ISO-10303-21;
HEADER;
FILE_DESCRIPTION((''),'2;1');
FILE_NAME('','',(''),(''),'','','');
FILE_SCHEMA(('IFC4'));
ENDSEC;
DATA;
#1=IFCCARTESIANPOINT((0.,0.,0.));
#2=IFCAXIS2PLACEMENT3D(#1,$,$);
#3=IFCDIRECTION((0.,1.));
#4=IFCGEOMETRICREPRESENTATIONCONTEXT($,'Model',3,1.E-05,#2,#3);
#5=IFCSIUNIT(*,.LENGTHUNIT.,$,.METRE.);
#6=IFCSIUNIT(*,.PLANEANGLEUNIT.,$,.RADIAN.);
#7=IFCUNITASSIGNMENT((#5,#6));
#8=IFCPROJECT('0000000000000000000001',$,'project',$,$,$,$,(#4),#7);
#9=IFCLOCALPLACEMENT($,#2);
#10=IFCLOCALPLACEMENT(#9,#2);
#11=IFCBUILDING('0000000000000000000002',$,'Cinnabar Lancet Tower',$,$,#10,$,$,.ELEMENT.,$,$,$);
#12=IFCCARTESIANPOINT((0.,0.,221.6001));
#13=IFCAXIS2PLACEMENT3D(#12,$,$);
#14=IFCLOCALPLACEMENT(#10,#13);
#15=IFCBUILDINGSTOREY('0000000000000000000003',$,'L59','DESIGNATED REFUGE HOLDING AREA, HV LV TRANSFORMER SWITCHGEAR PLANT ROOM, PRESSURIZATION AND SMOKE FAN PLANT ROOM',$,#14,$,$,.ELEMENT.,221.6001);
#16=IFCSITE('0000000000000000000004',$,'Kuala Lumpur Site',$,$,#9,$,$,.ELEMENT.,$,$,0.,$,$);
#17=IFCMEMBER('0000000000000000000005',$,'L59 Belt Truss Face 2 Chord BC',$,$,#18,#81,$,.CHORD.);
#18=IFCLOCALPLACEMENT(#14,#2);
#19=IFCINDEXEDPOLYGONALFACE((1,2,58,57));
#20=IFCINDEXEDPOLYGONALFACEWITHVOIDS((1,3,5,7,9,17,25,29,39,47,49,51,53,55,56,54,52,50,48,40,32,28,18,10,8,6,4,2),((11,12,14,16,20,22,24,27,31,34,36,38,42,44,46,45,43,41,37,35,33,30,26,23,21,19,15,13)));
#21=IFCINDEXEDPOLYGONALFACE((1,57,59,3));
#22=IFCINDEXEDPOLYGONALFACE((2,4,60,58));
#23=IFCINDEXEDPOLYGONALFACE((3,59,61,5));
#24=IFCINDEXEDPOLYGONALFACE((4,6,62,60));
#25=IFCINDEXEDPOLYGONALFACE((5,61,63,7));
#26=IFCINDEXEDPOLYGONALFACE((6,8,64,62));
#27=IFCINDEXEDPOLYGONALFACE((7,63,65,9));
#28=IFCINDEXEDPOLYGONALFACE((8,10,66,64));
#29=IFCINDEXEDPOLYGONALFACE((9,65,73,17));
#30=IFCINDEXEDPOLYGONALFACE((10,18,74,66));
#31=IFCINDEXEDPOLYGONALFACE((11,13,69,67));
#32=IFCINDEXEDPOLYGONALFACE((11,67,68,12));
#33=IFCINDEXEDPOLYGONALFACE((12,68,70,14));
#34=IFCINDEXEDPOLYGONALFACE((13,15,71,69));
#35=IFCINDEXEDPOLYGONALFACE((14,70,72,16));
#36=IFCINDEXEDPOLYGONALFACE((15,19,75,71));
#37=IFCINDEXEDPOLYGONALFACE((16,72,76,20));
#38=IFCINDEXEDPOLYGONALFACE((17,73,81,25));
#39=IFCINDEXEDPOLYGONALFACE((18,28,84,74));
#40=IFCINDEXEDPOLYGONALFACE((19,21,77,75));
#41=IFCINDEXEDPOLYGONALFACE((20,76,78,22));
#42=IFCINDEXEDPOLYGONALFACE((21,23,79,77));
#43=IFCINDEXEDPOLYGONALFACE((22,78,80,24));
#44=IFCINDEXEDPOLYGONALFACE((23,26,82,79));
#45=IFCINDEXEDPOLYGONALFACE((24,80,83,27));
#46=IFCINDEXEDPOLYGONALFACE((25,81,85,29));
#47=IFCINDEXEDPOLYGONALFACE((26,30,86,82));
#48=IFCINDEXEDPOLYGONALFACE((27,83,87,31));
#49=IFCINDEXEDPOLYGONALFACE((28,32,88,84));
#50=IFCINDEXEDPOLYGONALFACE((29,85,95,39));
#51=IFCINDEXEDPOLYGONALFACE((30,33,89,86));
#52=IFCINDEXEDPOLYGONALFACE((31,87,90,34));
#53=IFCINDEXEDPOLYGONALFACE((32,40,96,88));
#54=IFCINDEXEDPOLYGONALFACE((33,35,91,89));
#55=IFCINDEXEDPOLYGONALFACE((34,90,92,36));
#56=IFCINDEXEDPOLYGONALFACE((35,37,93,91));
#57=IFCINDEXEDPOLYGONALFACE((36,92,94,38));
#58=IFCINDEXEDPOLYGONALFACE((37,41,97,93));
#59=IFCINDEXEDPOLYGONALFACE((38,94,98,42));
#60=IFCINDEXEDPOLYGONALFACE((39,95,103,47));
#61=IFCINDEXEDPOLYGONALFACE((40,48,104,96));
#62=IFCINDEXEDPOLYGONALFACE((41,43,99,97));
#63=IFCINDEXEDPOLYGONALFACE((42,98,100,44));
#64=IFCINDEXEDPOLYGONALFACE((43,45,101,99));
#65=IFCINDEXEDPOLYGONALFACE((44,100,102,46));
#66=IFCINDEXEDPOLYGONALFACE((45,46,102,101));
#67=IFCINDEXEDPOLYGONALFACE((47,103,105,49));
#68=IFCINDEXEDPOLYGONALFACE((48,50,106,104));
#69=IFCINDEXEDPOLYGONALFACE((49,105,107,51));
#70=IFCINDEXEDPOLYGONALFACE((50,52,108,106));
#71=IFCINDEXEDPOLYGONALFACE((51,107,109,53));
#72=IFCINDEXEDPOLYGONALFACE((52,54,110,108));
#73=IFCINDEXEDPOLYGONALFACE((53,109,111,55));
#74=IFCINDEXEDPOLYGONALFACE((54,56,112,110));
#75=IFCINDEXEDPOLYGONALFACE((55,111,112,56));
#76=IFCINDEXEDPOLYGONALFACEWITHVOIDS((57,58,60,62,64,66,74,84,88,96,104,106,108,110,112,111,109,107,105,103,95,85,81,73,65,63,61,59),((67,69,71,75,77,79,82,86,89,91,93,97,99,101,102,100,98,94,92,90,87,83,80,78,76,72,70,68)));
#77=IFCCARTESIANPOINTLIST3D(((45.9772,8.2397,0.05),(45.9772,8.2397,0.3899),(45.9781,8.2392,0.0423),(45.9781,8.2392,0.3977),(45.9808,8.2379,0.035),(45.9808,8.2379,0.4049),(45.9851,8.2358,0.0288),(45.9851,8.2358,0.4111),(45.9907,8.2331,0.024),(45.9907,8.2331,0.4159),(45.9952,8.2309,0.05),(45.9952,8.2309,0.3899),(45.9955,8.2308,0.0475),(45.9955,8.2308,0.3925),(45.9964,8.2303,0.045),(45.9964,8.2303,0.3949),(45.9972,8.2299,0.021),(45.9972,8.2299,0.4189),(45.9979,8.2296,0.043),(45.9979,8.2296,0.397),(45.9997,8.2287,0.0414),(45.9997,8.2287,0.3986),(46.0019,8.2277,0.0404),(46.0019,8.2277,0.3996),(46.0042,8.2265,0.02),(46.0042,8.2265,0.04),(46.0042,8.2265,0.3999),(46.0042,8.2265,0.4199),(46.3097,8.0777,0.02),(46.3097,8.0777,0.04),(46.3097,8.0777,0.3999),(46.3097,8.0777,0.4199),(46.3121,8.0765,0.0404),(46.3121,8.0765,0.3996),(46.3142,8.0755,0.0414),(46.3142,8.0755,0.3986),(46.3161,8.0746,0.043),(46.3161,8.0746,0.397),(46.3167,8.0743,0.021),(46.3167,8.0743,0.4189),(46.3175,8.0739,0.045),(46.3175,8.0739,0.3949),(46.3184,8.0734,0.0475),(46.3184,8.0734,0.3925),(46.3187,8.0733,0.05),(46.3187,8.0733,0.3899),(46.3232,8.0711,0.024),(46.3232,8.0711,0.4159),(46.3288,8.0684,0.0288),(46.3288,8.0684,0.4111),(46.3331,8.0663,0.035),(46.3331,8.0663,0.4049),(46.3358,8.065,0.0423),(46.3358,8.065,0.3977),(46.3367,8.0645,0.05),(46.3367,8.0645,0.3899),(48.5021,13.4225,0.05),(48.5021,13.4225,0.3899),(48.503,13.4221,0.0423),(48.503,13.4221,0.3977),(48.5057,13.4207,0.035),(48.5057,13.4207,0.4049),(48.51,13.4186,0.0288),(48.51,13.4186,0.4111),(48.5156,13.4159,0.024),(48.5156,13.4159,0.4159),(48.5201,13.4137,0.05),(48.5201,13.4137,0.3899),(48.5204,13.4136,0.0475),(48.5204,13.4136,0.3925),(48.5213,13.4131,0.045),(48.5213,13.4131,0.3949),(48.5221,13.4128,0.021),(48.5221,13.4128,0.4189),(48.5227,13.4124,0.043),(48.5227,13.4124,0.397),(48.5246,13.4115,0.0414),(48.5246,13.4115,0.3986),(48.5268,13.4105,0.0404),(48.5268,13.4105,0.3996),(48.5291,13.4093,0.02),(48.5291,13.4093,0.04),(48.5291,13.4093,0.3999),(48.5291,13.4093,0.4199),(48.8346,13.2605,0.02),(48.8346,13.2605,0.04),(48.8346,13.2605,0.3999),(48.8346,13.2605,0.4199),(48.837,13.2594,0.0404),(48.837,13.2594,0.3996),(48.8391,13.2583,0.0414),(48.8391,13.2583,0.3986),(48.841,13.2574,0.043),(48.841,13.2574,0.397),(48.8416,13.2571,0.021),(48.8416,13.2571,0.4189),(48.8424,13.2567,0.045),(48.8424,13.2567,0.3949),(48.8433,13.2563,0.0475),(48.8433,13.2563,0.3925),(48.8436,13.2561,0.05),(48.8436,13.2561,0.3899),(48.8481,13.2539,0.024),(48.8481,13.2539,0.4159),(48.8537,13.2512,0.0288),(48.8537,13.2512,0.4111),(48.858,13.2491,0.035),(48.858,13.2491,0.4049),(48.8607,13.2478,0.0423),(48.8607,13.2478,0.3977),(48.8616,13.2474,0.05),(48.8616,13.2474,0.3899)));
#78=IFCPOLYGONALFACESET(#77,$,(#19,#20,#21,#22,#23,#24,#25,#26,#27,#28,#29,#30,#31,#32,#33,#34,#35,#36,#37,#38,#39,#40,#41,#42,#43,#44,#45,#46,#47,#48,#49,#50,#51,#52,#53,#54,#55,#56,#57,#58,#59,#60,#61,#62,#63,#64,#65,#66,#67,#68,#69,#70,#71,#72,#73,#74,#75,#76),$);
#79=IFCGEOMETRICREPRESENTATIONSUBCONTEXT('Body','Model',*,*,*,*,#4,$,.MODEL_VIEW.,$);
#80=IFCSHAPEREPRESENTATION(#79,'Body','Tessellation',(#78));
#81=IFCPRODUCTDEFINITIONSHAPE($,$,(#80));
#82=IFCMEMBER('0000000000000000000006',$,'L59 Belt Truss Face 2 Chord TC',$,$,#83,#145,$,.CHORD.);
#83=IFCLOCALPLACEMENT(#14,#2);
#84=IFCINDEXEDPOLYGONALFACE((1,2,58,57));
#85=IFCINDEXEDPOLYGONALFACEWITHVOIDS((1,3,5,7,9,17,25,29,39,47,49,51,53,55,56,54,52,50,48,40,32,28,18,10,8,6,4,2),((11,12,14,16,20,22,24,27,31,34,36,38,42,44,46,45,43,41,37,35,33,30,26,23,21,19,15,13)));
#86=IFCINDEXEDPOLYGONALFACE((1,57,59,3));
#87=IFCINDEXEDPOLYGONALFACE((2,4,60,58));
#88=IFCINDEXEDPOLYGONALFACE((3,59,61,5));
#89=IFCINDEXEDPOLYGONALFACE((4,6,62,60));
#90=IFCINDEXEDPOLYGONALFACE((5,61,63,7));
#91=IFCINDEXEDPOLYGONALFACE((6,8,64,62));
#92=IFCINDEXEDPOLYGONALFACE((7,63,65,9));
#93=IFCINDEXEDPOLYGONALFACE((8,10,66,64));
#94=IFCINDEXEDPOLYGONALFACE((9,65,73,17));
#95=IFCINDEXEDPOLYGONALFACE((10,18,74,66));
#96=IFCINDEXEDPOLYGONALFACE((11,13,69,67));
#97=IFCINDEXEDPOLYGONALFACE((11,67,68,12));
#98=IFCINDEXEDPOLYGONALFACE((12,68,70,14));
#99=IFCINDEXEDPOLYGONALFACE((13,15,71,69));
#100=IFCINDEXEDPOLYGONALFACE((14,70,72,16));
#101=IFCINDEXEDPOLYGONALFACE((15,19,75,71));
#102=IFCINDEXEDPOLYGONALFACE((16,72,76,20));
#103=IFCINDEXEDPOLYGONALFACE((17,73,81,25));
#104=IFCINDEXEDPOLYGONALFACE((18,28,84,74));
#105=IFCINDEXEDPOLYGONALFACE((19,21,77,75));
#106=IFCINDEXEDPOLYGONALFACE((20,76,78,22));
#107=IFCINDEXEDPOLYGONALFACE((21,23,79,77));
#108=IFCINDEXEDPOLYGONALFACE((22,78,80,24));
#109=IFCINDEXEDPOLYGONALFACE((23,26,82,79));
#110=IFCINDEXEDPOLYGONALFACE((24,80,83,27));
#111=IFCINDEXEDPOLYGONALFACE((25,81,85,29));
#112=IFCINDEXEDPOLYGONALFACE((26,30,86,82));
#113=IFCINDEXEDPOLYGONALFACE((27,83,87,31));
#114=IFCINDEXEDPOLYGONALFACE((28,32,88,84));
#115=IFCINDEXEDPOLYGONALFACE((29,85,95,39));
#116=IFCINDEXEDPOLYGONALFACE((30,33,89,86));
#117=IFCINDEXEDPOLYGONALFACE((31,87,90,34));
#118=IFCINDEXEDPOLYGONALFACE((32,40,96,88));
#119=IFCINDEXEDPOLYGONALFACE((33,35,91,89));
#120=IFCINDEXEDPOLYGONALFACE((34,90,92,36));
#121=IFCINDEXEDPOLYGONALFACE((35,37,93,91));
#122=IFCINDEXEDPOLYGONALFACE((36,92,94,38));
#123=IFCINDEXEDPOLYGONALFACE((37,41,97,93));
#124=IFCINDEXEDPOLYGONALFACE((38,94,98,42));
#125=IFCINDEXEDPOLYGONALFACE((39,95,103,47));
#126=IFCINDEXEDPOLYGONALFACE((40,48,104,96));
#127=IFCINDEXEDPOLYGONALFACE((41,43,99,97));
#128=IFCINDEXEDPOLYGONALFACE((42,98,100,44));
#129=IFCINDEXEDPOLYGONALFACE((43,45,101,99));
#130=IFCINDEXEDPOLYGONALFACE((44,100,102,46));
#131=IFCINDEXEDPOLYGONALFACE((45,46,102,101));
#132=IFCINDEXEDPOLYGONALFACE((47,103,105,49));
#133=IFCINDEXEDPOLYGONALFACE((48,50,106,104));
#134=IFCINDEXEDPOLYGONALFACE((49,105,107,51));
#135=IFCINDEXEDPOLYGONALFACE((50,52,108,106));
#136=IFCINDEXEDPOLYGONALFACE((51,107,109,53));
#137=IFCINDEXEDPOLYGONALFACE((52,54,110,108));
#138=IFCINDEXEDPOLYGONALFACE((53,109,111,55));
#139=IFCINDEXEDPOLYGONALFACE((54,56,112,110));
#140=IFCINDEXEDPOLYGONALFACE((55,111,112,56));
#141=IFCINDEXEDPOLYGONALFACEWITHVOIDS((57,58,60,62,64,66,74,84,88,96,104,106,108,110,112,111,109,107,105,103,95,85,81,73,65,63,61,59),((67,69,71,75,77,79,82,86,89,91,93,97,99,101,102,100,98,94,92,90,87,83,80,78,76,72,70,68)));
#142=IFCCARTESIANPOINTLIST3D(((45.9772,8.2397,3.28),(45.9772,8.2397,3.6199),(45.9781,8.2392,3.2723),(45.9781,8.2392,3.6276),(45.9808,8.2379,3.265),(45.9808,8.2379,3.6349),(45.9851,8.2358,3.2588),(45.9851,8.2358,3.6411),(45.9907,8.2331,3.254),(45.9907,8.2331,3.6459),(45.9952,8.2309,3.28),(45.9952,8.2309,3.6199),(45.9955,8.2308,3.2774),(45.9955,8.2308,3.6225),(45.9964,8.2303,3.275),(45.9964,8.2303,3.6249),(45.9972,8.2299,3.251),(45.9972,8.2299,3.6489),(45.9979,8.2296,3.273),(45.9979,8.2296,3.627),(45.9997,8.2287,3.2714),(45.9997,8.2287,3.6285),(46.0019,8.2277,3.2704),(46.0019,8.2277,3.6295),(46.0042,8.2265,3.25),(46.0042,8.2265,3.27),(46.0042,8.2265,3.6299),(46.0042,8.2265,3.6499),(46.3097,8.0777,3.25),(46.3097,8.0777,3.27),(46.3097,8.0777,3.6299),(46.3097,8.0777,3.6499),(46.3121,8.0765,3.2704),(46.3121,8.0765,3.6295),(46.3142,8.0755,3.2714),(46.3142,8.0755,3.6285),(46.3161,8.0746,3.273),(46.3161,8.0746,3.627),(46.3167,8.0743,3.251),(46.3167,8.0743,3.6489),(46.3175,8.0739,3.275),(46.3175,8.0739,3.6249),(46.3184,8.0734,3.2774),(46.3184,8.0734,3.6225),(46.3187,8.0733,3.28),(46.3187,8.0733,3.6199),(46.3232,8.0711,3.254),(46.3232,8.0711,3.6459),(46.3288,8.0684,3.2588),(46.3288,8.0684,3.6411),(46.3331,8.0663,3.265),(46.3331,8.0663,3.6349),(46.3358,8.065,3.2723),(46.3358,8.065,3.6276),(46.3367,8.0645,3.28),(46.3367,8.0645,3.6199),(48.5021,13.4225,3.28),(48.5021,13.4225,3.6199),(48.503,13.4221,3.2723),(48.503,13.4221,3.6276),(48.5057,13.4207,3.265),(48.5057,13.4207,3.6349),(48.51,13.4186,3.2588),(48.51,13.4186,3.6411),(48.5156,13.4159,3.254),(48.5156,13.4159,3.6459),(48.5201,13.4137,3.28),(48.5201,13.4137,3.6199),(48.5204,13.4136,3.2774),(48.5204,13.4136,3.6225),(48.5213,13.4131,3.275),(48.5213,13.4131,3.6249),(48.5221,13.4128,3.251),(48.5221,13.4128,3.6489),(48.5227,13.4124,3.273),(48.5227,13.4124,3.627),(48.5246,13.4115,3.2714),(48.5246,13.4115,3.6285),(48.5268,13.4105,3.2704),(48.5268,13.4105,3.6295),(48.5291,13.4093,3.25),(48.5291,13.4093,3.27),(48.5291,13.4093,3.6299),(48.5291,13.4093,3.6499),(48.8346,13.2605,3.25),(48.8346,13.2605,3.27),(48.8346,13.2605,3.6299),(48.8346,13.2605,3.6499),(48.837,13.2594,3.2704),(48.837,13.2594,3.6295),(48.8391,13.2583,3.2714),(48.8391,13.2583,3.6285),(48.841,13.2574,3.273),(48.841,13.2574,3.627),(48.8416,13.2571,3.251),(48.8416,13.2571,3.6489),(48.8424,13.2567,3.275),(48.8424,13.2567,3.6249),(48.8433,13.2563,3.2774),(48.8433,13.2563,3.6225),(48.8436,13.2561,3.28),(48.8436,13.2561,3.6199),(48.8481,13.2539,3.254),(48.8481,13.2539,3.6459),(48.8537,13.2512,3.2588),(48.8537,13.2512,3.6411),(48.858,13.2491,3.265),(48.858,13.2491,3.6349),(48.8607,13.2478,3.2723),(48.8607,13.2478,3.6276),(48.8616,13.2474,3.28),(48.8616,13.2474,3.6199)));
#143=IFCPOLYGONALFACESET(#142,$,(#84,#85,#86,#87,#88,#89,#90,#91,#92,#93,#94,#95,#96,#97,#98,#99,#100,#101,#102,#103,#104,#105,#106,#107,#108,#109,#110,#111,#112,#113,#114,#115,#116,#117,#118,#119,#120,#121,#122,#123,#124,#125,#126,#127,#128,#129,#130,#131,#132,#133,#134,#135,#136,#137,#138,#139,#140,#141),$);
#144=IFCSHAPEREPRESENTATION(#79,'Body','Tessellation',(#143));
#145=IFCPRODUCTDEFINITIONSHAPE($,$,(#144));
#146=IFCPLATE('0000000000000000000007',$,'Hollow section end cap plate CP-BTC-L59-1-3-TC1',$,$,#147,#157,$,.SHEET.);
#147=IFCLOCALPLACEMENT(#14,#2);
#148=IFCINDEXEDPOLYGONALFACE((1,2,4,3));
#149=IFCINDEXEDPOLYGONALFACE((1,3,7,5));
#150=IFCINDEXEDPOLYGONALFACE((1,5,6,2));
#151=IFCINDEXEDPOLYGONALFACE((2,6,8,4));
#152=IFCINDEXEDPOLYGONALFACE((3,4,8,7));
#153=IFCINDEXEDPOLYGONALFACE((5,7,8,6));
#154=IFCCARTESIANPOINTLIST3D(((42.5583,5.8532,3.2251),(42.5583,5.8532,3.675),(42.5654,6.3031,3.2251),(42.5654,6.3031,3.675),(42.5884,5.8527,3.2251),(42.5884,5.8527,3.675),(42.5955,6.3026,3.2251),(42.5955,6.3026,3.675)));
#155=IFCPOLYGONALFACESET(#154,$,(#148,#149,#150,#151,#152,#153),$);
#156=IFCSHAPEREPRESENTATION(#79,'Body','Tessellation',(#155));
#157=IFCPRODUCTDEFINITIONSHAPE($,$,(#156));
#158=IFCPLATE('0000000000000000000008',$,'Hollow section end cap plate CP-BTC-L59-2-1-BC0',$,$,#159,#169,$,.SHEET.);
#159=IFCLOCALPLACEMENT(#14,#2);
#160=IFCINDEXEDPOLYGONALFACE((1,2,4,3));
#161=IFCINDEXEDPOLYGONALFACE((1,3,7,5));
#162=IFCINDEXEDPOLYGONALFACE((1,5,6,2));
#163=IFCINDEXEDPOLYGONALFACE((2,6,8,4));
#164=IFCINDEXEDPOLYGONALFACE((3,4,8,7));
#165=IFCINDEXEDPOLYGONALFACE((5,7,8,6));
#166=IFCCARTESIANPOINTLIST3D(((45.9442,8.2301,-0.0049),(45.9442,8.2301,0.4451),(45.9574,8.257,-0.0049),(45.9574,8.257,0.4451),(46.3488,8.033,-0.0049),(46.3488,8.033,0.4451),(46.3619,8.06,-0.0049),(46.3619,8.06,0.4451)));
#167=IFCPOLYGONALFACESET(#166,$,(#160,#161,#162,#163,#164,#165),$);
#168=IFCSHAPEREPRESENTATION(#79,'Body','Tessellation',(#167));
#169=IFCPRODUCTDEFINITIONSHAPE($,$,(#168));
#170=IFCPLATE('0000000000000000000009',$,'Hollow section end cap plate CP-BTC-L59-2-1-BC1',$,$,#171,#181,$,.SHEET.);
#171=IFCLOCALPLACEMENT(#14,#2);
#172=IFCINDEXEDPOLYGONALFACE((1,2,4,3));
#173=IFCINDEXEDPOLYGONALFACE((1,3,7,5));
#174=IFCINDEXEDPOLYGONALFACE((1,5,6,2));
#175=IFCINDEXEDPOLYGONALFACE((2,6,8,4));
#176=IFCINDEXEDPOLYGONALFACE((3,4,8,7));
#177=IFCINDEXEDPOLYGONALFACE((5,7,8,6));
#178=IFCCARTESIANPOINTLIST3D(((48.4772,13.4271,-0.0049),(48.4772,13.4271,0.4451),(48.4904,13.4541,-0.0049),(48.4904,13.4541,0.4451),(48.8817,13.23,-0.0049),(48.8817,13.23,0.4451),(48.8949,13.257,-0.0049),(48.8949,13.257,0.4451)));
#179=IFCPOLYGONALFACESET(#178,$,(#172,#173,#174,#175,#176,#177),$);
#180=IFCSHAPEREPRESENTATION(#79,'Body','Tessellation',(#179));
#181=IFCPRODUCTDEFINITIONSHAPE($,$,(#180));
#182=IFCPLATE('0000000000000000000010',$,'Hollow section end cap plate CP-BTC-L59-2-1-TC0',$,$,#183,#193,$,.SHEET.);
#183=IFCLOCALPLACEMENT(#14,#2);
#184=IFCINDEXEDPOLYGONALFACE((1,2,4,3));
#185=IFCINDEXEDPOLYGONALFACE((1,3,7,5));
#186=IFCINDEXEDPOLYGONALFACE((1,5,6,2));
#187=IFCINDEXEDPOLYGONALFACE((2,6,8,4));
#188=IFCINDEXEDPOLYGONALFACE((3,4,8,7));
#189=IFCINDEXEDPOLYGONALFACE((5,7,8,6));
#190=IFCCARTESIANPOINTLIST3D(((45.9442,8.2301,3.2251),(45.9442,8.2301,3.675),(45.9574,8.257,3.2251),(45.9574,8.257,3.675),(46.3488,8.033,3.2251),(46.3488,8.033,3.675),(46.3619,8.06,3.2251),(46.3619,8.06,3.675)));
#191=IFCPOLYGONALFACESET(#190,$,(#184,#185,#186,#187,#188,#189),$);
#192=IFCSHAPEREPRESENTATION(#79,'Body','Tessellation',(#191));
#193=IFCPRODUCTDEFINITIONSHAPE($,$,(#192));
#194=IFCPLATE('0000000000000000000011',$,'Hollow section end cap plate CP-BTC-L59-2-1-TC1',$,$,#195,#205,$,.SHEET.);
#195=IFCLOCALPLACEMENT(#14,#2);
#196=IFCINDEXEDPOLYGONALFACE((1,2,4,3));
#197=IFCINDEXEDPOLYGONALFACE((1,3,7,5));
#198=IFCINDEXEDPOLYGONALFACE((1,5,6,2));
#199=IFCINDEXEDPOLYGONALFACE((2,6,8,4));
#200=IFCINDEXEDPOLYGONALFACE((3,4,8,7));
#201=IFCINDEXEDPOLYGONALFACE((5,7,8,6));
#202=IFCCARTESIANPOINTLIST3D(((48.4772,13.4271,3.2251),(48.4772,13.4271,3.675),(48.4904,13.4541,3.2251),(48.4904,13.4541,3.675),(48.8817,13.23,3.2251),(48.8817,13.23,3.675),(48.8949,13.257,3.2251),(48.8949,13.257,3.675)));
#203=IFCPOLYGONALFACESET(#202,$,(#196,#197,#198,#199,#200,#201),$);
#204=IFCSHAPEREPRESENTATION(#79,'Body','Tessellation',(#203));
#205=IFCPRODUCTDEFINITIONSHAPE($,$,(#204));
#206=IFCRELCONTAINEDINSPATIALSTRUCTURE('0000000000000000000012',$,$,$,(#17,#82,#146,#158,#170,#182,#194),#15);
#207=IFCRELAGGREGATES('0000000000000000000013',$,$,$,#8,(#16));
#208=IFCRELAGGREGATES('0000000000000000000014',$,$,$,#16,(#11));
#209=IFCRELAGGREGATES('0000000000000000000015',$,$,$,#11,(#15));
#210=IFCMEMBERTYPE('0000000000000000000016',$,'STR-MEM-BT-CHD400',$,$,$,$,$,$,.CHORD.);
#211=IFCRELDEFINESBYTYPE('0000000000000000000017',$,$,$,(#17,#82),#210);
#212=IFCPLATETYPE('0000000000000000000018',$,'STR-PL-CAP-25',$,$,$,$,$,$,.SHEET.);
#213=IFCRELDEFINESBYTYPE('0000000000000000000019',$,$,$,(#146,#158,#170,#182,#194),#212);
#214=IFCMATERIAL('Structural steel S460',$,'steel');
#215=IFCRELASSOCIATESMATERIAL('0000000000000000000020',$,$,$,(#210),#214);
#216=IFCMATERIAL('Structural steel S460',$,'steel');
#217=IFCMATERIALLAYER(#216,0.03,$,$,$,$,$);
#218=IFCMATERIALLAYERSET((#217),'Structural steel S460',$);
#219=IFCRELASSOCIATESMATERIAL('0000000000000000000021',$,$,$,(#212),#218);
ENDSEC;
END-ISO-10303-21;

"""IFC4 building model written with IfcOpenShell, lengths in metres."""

from ifc_helpers import new_model, si_unit, direction, frame, origin, origin_2d, place, context, subcontext, project, spatial, rectangle, hollow_rectangle, extrude, material, layer, layer_set, material_profile, profile_set, type_object, element, save


model = new_model("IFC4")

# Units and contexts
model_context = context("Model", 3, precision=1e-05, world=origin(), true_north=direction((0.0, 1.0)))
body_context = subcontext(model_context, "Body", "Model", "MODEL_VIEW")
ifc_project = project(units=[si_unit("LENGTHUNIT", "METRE"), si_unit("PLANEANGLEUNIT", "RADIAN")], contexts=[model_context])

# Site, building, storey
site_placement = place(None, origin())
site = spatial("IfcSite", under=ifc_project, at=site_placement, Name="Kuala Lumpur Site", CompositionType="ELEMENT", RefElevation=0.0)
building_placement = place(site_placement, origin())
building = spatial("IfcBuilding", under=site, at=building_placement, Name="Cinnabar Lancet Tower", CompositionType="ELEMENT")
storey_placement = place(building_placement, frame((0.0, 0.0, 221.6001)))
storey = spatial("IfcBuildingStorey", under=building, at=storey_placement, Name="L59", Description="DESIGNATED REFUGE HOLDING AREA, HV LV TRANSFORMER SWITCHGEAR PLANT ROOM, PRESSURIZATION AND SMOKE FAN PLANT ROOM", CompositionType="ELEMENT", Elevation=221.6001)

# Members
ifc_material_1 = material(Name="Structural steel S460", Category="steel")
ifc_material_profile_1 = material_profile(ifc_material_1, hollow_rectangle(XDim=0.3999, YDim=0.3999, WallThickness=0.02, InnerFilletRadius=0.01, OuterFilletRadius=0.03, at=origin_2d()), Name="SHS 400x400x20")
ifc_profile_set_1 = profile_set([ifc_material_profile_1], Name="Structural steel S460")
member_type_1 = type_object("IfcMemberType", Name="STR-MEM-BT-CHD400", PredefinedType="CHORD", material=ifc_profile_set_1)
for number, where, z_axis, x_axis, name in (
    (1, (46.157, 8.1521, 0.22), (0.437958, 0.898995, 0.0), (-0.898995, 0.437958, 0.0), "L59 Belt Truss Face 2 Chord BC"),
    (2, (46.157, 8.1521, 3.45), (0.437958, 0.898995, 0.0), (-0.898995, 0.437958, 0.0), "L59 Belt Truss Face 2 Chord TC"),
):
    element("IfcMember", number, at=place(storey_placement, frame(where, z_axis=z_axis, x_axis=x_axis)), inside=storey, type_object=member_type_1, Name=name, PredefinedType="CHORD", context=body_context, shape_type="SweptSolid", body=[
        extrude(hollow_rectangle(XDim=0.3999, YDim=0.3999, WallThickness=0.02, InnerFilletRadius=0.01, OuterFilletRadius=0.03, at=origin_2d()), origin(), (0.0, 0.0, 1.0), 5.7651),
    ])

# Plates
ifc_material_2 = material(Name="Structural steel S460", Category="steel")
ifc_layer_1 = layer(ifc_material_2, 0.03)
ifc_layer_set_1 = layer_set([ifc_layer_1], Name="Structural steel S460")
plate_type = type_object("IfcPlateType", Name="STR-PL-CAP-25", PredefinedType="SHEET", material=ifc_layer_set_1)
for number, where, z_axis, x_axis, name in (
    (3, (42.5769, 6.0779, 3.2251), (0.0, 0.0, 1.0), (0.999876, -0.015777, 0.0), "Hollow section end cap plate CP-BTC-L59-1-3-TC1"),
    (4, (46.1531, 8.145, -0.0049), (0.0, 0.0, 1.0), (-0.437963, -0.898993, 0.0), "Hollow section end cap plate CP-BTC-L59-2-1-BC0"),
    (5, (48.686, 13.342, -0.0049), (0.0, 0.0, 1.0), (0.437963, 0.898993, 0.0), "Hollow section end cap plate CP-BTC-L59-2-1-BC1"),
    (6, (46.1531, 8.145, 3.2251), (0.0, 0.0, 1.0), (-0.437963, -0.898993, 0.0), "Hollow section end cap plate CP-BTC-L59-2-1-TC0"),
    (7, (48.686, 13.342, 3.2251), (0.0, 0.0, 1.0), (0.437963, 0.898993, 0.0), "Hollow section end cap plate CP-BTC-L59-2-1-TC1"),
):
    element("IfcPlate", number, at=place(storey_placement, frame(where, z_axis=z_axis, x_axis=x_axis)), inside=storey, type_object=plate_type, Name=name, PredefinedType="SHEET", context=body_context, shape_type="SweptSolid", body=[
        extrude(rectangle(XDim=0.03, YDim=0.45, at=origin_2d()), origin(), (0.0, 0.0, 1.0), 0.45),
    ])

save(model, "model.ifc")
